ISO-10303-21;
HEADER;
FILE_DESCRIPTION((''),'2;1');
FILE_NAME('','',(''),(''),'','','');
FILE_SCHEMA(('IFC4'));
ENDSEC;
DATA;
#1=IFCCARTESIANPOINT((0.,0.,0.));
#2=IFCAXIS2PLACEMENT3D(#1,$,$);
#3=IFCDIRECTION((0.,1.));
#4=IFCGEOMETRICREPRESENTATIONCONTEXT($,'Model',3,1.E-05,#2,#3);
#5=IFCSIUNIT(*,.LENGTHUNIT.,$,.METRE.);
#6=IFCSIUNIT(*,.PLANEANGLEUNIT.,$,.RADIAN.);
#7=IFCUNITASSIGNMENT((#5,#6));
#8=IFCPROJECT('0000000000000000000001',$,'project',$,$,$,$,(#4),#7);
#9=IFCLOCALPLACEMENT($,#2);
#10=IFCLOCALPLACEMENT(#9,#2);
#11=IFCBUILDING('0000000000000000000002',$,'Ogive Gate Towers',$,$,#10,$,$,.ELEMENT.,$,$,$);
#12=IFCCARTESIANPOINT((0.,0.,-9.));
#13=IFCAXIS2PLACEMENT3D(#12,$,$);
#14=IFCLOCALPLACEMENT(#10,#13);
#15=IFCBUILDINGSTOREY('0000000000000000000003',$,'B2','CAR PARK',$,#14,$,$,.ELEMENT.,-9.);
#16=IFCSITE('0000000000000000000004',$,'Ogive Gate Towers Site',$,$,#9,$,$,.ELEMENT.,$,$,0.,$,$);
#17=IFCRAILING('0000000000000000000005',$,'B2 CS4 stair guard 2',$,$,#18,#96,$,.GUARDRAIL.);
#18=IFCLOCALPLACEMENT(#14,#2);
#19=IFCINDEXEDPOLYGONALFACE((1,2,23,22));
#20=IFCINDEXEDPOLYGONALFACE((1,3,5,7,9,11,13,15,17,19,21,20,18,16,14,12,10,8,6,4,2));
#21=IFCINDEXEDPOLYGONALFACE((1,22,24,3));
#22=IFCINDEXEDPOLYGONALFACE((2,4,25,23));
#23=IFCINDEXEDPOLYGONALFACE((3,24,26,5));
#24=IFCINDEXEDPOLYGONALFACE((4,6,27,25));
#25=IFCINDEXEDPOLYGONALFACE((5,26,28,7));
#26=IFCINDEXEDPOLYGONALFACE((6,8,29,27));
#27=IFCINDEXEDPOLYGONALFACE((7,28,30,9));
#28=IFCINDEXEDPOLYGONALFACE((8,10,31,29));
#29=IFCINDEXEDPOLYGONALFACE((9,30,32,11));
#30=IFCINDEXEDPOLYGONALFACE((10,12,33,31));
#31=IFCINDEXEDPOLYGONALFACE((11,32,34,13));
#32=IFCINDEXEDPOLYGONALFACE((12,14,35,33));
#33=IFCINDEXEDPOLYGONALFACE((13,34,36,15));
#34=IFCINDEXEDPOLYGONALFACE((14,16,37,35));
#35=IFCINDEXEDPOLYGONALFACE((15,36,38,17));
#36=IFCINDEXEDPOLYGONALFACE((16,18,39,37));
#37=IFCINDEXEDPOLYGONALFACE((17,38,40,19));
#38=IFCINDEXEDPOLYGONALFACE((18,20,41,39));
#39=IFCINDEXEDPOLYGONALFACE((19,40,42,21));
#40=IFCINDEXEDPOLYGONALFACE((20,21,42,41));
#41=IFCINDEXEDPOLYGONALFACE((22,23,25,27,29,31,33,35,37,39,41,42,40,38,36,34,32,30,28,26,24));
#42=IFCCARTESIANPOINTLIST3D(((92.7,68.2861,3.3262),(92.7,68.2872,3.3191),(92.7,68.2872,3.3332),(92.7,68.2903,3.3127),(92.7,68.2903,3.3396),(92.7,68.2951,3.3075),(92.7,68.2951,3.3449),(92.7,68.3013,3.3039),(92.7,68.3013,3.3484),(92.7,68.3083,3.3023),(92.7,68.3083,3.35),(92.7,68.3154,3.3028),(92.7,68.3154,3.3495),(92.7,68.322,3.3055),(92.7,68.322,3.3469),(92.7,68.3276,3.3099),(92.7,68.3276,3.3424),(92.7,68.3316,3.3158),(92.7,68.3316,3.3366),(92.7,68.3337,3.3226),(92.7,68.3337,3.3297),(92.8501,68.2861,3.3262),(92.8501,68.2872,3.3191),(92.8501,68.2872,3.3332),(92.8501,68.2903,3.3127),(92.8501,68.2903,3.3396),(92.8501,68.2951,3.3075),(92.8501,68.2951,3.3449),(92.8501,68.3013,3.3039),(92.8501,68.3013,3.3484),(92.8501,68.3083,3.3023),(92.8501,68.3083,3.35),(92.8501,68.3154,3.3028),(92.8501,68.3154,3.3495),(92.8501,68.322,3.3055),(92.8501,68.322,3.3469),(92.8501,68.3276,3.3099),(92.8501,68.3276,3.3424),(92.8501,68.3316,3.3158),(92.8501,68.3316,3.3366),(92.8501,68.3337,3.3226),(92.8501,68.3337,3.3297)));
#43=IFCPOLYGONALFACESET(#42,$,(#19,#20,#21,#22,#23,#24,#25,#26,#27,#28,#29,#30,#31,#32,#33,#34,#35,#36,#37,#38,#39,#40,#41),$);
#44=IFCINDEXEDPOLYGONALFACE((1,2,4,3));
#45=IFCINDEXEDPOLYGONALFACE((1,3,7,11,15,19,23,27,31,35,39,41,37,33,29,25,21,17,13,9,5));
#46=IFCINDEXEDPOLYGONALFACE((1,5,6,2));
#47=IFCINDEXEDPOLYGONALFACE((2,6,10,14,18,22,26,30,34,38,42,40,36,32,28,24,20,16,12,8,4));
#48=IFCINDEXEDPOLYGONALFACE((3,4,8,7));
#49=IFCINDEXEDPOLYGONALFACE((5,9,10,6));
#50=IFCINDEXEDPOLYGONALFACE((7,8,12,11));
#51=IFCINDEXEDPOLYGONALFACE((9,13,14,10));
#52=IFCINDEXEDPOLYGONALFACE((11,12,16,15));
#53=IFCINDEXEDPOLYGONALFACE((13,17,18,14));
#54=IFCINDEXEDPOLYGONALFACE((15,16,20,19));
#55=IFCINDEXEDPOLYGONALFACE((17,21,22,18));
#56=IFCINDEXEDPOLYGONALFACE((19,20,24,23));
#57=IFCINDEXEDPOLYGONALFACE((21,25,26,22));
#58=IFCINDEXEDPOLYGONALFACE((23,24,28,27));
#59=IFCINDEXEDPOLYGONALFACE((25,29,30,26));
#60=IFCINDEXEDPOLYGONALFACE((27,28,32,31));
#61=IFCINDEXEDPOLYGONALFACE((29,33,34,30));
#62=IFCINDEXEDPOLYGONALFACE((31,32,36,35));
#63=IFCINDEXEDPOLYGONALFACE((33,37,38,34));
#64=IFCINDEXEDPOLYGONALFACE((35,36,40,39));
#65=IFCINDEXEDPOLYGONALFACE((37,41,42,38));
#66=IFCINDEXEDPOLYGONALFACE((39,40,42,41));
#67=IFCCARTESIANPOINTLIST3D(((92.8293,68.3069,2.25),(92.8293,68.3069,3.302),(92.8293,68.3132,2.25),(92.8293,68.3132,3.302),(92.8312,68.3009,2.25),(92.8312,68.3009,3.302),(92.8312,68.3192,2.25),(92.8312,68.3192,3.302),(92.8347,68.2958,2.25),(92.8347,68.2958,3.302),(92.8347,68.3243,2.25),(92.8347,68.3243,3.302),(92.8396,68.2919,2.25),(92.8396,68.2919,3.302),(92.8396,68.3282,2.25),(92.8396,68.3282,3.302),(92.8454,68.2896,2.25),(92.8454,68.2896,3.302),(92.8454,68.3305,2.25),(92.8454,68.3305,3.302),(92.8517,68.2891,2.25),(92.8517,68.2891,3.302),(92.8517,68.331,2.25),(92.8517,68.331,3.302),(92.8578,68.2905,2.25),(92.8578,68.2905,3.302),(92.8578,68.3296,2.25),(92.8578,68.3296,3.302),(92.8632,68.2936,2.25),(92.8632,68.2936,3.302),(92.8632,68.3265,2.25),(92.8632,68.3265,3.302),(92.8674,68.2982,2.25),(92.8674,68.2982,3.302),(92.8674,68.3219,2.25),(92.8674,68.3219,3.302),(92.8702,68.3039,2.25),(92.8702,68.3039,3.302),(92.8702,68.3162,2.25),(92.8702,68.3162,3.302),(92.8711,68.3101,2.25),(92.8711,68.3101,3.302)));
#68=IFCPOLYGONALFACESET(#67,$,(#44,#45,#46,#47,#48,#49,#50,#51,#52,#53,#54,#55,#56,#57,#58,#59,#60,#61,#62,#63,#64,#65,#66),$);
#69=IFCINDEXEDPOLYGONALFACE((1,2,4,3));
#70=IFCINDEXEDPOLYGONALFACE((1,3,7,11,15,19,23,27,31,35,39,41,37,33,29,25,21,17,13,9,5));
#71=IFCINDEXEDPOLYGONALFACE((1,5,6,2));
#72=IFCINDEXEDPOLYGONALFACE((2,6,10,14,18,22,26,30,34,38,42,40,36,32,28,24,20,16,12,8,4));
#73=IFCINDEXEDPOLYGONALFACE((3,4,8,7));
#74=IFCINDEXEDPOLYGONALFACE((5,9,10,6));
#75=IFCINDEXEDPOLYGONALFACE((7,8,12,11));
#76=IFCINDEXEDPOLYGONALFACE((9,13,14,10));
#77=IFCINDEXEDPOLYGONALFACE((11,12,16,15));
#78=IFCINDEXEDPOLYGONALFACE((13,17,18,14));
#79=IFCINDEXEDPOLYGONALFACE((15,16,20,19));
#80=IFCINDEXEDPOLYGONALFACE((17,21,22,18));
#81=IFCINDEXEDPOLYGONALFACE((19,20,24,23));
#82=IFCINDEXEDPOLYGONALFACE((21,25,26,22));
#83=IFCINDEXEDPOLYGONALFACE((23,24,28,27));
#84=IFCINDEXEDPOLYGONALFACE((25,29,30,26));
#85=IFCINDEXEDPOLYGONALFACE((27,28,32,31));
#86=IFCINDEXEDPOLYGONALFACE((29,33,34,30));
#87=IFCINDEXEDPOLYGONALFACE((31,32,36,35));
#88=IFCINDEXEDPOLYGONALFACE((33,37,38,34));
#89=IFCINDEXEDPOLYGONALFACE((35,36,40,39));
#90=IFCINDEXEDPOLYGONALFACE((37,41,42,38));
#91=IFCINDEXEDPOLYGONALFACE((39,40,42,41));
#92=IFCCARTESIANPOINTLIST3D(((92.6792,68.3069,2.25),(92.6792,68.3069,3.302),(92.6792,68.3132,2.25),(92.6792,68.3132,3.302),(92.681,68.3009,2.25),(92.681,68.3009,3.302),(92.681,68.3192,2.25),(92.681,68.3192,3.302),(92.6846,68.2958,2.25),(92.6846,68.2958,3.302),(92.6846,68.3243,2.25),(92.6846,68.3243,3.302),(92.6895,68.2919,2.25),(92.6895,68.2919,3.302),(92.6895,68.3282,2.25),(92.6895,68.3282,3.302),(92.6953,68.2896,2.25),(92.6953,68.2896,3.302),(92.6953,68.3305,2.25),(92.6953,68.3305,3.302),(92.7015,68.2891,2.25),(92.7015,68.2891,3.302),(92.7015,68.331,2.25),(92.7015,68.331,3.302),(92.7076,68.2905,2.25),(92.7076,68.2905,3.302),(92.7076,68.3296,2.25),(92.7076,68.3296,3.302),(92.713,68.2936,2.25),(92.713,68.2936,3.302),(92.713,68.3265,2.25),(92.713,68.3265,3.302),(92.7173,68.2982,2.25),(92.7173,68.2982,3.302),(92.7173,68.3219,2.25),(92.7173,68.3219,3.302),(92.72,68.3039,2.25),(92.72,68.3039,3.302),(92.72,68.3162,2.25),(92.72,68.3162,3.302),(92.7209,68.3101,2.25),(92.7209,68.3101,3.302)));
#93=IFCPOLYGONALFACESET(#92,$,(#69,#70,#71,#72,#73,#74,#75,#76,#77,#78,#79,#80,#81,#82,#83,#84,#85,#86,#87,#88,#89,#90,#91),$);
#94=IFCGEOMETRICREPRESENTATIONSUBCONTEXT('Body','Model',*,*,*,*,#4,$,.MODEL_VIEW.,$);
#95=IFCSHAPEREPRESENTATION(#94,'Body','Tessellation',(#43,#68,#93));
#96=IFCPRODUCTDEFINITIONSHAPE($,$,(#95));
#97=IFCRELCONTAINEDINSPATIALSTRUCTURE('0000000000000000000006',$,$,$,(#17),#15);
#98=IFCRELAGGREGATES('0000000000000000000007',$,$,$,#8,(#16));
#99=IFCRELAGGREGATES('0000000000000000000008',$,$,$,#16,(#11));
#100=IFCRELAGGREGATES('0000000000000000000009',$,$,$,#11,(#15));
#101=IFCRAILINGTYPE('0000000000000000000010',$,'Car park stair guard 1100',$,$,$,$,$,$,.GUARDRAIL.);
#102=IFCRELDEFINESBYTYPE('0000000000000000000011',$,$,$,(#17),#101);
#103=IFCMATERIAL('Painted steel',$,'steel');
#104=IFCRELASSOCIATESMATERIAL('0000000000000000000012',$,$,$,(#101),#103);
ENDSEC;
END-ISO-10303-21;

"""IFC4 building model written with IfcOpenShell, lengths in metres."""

from ifc_helpers import new_model, si_unit, direction, frame, origin, origin_2d, place, context, subcontext, project, spatial, circle, extrude, material, type_object, element, save


model = new_model("IFC4")

# Units and contexts
model_context = context("Model", 3, precision=1e-05, world=origin(), true_north=direction((0.0, 1.0)))
body_context = subcontext(model_context, "Body", "Model", "MODEL_VIEW")
ifc_project = project(units=[si_unit("LENGTHUNIT", "METRE"), si_unit("PLANEANGLEUNIT", "RADIAN")], contexts=[model_context])

# Site, building, storey
site_placement = place(None, origin())
site = spatial("IfcSite", under=ifc_project, at=site_placement, Name="Ogive Gate Towers Site", CompositionType="ELEMENT", RefElevation=0.0)
building_placement = place(site_placement, origin())
building = spatial("IfcBuilding", under=site, at=building_placement, Name="Ogive Gate Towers", CompositionType="ELEMENT")
storey_placement = place(building_placement, frame((0.0, 0.0, -9.0)))
storey = spatial("IfcBuildingStorey", under=building, at=storey_placement, Name="B2", Description="CAR PARK", CompositionType="ELEMENT", Elevation=-9.0)

# Railing
ifc_material_1 = material(Name="Painted steel", Category="steel")
railing_type_1 = type_object("IfcRailingType", Name="Car park stair guard 1100", PredefinedType="GUARDRAIL", material=ifc_material_1)
railing_1_placement = place(storey_placement, frame((92.8501, 68.3101, 2.25)))
element("IfcRailing", 1, at=railing_1_placement, inside=storey, type_object=railing_type_1, Name="B2 CS4 stair guard 2", PredefinedType="GUARDRAIL", context=body_context, shape_type="SweptSolid", body=[
    extrude(circle(Radius=0.0239, at=origin_2d()), frame((0.0, 0.0, 1.0762), z_axis=(-1.0, 0.0, 0.0), x_axis=(0.0, -1.0, 0.0)), (0.0, 0.0, 1.0), 0.1501),
    extrude(circle(Radius=0.021, at=origin_2d()), origin(), (0.0, 0.0, 1.0), 1.052),
    extrude(circle(Radius=0.021, at=origin_2d()), frame((-0.1501, 0.0, 0.0)), (0.0, 0.0, 1.0), 1.052),
])

save(model, "model.ifc")
